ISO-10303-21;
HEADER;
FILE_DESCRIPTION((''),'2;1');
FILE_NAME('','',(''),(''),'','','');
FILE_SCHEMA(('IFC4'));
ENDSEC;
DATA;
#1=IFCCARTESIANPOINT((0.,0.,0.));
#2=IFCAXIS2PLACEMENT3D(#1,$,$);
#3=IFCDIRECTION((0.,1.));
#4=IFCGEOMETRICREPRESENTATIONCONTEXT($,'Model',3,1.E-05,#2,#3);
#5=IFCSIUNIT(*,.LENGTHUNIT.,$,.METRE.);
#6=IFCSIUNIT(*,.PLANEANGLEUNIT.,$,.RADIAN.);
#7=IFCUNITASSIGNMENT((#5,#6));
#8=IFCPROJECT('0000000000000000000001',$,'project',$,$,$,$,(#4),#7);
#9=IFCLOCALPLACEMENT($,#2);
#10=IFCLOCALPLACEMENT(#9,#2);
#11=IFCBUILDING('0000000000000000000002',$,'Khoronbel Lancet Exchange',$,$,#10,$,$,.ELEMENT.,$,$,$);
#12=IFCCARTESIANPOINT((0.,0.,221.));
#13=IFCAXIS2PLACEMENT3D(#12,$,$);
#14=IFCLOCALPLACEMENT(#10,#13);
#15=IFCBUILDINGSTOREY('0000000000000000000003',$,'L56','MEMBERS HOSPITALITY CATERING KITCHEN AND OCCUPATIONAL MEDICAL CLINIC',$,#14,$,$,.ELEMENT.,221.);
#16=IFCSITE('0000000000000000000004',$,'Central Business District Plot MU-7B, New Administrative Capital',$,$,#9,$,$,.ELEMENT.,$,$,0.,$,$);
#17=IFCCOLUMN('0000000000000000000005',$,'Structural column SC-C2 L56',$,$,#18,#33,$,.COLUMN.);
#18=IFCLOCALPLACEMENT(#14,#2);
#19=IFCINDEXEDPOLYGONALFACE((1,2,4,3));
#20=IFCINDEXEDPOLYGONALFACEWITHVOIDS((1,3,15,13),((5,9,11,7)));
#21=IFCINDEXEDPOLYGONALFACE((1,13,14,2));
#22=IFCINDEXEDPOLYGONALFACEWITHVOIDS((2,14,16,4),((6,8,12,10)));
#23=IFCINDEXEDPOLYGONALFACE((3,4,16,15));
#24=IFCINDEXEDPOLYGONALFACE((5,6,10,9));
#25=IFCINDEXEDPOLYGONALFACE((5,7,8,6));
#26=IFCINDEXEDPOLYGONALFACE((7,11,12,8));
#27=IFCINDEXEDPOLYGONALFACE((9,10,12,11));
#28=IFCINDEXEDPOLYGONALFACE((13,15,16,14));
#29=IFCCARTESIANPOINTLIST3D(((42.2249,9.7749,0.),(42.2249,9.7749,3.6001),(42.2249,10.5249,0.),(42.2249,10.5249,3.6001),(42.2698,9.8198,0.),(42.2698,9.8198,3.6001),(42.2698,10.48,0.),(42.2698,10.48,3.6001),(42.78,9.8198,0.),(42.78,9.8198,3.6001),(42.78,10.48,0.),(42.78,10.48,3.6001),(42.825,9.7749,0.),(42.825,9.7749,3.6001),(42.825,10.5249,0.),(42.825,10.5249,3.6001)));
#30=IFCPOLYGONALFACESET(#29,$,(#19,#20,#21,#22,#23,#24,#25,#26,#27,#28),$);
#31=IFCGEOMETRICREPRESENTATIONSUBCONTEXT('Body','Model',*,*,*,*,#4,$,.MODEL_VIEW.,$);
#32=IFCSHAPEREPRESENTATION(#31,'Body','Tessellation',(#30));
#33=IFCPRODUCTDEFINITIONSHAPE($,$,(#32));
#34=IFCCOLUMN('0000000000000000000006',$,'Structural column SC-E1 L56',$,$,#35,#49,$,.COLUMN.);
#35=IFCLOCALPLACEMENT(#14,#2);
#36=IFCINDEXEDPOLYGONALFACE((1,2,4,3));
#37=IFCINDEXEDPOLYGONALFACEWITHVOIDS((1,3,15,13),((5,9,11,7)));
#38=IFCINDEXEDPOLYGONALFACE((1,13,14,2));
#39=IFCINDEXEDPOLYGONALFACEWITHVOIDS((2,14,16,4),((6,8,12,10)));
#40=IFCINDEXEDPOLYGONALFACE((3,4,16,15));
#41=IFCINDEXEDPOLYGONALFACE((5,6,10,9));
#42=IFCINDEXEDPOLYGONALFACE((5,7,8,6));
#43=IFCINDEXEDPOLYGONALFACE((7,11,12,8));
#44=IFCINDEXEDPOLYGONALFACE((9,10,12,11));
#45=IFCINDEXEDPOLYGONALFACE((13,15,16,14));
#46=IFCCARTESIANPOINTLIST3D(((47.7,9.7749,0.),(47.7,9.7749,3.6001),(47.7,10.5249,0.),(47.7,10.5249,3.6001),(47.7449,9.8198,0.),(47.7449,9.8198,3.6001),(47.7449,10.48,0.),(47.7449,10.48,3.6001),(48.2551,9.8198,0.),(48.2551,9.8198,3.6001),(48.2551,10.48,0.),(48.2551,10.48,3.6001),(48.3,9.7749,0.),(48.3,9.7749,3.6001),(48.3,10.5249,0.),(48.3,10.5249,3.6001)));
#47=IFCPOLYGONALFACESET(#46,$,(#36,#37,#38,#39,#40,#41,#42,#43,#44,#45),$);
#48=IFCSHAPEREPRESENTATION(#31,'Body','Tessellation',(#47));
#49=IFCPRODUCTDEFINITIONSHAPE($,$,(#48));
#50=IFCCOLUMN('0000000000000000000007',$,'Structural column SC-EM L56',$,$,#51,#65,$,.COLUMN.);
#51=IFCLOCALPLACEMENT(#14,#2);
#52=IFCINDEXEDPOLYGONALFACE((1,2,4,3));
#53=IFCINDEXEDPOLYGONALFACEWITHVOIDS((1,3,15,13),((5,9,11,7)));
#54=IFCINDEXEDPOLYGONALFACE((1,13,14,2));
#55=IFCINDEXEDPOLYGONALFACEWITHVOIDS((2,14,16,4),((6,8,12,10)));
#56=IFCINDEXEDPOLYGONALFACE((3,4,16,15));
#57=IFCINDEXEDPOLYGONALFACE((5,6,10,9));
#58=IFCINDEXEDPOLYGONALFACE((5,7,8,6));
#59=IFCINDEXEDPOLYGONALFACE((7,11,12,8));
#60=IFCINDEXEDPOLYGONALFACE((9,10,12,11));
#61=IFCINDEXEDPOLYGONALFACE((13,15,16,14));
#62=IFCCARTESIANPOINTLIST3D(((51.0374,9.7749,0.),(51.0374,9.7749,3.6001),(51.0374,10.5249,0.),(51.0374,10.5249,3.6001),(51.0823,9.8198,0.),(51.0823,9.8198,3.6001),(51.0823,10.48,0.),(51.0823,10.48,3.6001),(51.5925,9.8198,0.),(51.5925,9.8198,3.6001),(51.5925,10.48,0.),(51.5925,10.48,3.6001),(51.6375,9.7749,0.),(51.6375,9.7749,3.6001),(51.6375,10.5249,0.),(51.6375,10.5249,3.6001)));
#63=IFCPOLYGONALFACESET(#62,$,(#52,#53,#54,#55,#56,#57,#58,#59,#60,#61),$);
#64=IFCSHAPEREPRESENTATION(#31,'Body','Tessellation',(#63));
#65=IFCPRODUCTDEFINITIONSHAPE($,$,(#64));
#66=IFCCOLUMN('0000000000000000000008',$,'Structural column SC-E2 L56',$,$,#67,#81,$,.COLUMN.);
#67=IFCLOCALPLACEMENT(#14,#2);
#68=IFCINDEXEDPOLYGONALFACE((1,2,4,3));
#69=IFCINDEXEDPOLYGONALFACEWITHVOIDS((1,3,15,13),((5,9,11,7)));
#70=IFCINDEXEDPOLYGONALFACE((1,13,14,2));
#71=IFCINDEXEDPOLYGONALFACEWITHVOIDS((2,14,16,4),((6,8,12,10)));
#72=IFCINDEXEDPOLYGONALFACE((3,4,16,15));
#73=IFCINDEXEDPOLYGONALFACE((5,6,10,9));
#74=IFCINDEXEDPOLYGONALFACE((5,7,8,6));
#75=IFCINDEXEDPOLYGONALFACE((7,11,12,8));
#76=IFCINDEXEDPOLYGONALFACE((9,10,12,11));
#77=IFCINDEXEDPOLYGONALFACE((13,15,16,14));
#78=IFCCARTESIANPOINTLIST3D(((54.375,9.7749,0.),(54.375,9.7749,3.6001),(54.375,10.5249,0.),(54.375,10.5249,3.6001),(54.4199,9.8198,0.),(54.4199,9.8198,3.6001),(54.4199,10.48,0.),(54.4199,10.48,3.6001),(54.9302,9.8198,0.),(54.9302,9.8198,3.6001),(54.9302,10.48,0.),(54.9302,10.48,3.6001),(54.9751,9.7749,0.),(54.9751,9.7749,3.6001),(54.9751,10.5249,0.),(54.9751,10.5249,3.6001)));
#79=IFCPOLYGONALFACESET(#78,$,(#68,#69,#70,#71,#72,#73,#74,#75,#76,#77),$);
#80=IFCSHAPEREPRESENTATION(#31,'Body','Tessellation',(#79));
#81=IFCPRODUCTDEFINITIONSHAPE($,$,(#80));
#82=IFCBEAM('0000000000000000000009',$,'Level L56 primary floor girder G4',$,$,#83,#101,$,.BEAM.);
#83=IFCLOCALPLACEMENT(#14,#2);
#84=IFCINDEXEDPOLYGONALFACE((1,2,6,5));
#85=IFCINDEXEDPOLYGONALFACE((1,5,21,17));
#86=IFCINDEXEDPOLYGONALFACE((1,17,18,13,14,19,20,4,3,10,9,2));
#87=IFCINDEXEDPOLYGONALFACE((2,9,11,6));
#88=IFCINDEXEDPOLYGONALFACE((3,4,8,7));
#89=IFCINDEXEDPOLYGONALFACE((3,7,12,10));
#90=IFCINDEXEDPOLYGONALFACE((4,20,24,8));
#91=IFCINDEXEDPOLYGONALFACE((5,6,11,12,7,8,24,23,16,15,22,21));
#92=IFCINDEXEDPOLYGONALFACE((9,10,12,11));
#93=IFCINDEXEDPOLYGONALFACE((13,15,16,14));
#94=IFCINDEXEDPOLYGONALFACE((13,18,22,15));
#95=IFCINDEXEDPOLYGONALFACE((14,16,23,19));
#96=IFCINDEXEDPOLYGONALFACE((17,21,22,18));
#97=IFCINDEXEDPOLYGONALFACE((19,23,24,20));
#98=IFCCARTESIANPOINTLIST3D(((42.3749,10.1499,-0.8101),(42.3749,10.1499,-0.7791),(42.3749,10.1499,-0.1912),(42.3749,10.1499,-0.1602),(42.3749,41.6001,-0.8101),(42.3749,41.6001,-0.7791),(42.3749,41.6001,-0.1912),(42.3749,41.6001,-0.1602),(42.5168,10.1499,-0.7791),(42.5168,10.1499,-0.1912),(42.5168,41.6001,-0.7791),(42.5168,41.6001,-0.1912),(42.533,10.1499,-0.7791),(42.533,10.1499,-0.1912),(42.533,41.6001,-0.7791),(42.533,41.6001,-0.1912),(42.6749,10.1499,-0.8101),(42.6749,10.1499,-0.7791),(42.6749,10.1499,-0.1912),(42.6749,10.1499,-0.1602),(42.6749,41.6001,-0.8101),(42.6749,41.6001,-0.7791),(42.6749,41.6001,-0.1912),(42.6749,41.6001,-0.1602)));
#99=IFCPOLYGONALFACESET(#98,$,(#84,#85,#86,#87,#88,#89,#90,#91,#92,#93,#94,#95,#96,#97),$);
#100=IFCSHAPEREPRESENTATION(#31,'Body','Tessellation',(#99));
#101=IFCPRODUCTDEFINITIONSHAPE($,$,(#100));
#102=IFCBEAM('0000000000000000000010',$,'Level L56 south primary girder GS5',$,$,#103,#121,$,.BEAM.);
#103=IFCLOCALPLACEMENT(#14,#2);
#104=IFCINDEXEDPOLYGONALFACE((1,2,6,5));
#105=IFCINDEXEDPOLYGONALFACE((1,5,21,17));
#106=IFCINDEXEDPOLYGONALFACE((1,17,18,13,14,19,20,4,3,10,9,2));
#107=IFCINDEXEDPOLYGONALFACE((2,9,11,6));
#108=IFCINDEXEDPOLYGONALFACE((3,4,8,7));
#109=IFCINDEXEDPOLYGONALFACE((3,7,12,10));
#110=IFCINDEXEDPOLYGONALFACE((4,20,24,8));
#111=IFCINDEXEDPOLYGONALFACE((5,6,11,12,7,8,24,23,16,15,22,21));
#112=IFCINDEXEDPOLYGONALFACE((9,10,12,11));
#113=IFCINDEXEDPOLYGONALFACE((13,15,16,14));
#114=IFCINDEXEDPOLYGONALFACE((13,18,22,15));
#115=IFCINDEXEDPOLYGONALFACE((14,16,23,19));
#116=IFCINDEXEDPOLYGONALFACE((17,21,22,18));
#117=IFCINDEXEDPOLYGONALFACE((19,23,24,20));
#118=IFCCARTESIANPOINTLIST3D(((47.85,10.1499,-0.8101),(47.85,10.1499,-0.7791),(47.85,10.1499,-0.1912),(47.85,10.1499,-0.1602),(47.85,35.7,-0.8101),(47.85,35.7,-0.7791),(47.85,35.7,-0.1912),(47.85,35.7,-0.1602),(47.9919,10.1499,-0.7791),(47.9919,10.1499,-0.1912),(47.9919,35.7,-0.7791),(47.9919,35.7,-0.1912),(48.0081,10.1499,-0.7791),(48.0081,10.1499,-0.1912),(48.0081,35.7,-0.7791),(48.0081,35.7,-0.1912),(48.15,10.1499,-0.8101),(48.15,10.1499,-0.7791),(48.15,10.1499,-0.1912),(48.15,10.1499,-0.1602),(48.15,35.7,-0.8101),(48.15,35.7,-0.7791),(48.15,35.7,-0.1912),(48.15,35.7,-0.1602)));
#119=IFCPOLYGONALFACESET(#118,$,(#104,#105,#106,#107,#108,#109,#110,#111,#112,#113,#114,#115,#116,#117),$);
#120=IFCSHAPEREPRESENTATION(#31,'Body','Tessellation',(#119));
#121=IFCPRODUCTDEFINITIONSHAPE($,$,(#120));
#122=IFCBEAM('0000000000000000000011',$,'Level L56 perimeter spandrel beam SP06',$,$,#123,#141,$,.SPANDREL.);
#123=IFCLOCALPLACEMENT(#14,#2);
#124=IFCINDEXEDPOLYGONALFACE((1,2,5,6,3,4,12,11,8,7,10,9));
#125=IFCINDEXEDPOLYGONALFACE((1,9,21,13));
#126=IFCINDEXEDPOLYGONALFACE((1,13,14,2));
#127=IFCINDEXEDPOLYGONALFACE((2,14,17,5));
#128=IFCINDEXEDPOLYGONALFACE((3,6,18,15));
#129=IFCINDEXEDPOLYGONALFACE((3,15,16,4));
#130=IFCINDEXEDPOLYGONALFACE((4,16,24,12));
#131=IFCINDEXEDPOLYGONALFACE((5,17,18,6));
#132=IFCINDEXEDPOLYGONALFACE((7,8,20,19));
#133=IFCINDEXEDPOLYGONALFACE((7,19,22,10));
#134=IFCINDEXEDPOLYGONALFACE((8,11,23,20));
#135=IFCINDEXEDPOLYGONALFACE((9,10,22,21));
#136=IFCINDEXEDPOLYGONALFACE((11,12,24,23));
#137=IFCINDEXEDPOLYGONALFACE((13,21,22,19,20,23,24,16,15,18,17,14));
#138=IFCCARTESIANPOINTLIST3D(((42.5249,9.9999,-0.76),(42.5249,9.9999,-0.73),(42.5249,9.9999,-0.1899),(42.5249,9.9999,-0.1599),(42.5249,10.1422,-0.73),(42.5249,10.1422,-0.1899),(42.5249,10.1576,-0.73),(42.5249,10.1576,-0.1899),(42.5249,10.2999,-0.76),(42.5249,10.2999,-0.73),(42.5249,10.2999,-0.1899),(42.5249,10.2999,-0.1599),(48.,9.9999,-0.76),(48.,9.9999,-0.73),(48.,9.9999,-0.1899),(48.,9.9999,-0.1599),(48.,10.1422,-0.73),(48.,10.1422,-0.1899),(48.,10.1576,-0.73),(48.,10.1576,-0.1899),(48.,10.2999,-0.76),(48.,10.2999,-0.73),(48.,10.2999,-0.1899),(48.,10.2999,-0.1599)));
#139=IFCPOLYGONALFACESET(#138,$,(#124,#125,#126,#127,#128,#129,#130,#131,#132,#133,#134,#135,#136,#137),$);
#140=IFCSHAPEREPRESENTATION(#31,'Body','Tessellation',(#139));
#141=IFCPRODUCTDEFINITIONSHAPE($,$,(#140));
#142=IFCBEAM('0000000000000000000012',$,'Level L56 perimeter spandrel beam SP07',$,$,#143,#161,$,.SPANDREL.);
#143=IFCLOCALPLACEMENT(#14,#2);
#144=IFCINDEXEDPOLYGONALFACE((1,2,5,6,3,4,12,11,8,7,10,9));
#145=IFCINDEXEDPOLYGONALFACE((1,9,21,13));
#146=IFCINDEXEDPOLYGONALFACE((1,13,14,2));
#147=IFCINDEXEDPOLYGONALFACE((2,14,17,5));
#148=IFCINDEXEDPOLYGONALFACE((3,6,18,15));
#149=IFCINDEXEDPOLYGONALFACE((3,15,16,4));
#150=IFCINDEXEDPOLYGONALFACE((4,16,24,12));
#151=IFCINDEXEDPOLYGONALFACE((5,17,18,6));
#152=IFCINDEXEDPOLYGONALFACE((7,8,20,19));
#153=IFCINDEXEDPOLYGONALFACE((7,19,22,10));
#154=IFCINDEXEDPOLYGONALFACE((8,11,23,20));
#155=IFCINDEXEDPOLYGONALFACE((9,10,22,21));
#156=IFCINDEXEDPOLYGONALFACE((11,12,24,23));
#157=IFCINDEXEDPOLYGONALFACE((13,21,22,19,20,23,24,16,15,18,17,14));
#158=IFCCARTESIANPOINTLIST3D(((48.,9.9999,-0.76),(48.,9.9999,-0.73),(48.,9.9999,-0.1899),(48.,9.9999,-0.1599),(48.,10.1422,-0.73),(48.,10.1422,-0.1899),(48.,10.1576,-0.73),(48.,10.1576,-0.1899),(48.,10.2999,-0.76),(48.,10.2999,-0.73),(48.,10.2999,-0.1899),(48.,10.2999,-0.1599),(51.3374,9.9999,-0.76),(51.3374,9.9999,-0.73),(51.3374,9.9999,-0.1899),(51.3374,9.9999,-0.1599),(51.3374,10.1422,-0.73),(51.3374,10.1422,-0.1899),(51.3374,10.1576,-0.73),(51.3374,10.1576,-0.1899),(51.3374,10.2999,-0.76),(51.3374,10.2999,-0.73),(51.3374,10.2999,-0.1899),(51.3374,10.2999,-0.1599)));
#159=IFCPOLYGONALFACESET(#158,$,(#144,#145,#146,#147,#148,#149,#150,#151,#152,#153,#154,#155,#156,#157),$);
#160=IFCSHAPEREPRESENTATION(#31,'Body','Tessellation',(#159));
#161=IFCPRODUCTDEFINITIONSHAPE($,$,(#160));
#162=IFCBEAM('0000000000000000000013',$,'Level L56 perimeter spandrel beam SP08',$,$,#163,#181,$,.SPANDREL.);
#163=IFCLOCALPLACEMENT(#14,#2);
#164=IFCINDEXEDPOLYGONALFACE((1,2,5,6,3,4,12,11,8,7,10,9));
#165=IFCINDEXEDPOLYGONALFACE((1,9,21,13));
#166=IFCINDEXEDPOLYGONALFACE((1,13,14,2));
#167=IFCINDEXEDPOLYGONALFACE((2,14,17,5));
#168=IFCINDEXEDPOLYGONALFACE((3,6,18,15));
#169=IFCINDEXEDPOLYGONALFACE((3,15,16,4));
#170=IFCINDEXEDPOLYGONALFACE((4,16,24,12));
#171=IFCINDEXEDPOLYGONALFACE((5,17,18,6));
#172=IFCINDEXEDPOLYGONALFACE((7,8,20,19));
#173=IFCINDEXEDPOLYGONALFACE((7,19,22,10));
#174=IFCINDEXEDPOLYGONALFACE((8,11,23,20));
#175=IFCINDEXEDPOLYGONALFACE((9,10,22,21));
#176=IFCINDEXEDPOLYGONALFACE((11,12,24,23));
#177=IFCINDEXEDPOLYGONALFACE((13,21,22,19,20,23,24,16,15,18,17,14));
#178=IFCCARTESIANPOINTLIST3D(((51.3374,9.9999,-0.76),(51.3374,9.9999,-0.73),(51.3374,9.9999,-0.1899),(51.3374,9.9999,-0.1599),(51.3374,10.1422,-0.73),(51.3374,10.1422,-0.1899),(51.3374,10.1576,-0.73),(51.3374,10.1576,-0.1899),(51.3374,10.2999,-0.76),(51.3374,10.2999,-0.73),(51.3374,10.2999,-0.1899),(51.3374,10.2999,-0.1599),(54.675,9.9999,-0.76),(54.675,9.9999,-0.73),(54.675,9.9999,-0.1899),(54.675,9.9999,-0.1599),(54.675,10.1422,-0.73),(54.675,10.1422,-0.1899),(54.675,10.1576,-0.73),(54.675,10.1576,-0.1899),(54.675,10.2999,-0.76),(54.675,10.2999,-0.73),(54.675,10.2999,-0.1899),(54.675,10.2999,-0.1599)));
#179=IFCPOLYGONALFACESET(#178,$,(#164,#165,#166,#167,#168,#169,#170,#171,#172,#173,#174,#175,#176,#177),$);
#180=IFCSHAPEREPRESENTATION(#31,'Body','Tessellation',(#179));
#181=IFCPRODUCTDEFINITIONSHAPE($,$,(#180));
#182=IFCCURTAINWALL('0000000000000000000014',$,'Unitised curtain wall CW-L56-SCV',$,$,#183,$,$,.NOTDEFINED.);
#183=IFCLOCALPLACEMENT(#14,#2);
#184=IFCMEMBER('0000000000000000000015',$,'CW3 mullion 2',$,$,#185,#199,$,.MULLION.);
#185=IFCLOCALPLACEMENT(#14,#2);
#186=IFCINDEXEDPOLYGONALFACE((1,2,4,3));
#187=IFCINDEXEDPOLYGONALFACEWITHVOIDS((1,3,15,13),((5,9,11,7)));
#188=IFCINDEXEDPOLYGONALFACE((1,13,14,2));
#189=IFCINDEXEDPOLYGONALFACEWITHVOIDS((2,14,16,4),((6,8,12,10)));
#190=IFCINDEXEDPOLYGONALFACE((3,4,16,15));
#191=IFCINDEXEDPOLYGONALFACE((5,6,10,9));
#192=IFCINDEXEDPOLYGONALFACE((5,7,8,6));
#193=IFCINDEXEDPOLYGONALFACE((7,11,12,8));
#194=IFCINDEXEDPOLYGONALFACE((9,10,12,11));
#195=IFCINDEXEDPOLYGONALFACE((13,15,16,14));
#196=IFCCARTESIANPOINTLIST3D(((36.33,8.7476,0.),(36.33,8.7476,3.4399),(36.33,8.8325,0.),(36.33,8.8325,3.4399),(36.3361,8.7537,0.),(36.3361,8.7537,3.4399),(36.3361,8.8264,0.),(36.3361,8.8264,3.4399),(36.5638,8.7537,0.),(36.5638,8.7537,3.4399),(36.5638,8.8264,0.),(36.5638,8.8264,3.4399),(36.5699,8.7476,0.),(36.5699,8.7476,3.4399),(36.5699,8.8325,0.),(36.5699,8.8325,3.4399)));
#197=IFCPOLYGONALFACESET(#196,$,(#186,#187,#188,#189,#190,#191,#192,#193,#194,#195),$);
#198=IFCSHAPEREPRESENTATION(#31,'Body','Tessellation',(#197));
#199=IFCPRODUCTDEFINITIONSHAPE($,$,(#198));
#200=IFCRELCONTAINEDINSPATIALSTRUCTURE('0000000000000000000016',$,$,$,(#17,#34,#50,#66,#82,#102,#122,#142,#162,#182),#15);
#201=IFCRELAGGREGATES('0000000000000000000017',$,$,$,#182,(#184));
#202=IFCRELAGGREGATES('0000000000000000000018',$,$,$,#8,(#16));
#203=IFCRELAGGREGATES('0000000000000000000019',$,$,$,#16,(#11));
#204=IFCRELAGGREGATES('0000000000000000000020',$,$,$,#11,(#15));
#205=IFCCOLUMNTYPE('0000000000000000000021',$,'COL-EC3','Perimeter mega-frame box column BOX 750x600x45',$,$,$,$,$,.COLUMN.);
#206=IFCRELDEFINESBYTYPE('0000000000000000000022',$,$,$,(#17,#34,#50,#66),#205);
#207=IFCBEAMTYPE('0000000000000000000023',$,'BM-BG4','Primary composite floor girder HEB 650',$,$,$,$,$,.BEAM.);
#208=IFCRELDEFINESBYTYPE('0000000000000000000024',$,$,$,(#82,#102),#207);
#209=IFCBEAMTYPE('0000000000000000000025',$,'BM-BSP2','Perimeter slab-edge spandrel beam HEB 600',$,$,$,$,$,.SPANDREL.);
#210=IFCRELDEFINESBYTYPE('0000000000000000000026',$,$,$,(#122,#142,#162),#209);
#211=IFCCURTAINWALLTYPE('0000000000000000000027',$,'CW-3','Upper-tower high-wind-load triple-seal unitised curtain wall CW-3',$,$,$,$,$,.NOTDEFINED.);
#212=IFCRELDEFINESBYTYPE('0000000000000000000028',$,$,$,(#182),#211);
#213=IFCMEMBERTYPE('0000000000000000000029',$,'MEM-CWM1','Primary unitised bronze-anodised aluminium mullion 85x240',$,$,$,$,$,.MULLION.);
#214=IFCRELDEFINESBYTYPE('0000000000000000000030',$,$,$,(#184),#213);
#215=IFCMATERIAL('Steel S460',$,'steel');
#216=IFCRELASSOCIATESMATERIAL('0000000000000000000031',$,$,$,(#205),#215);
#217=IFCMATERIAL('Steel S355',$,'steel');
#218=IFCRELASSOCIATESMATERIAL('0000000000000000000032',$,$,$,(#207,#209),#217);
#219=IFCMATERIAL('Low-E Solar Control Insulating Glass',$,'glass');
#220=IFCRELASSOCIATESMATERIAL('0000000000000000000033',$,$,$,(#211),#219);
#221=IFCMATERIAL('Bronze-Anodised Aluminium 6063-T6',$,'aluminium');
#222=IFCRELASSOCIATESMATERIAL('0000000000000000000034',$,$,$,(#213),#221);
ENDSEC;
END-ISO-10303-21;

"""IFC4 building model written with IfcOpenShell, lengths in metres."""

from ifc_helpers import new_model, si_unit, direction, frame, origin, origin_2d, place, context, subcontext, project, spatial, hollow_rectangle, i_section, extrude, material, material_profile, profile_set, type_object, element, aggregate, save


model = new_model("IFC4")

# Units and contexts
model_context = context("Model", 3, precision=1e-05, world=origin(), true_north=direction((0.0, 1.0)))
body_context = subcontext(model_context, "Body", "Model", "MODEL_VIEW")
ifc_project = project(units=[si_unit("LENGTHUNIT", "METRE"), si_unit("PLANEANGLEUNIT", "RADIAN")], contexts=[model_context])

# Site, building, storey
site_placement = place(None, origin())
site = spatial("IfcSite", under=ifc_project, at=site_placement, Name="Central Business District Plot MU-7B, New Administrative Capital", CompositionType="ELEMENT", RefElevation=0.0)
building_placement = place(site_placement, origin())
building = spatial("IfcBuilding", under=site, at=building_placement, Name="Khoronbel Lancet Exchange", CompositionType="ELEMENT")
storey_placement = place(building_placement, frame((0.0, 0.0, 221.0)))
storey = spatial("IfcBuildingStorey", under=building, at=storey_placement, Name="L56", Description="MEMBERS HOSPITALITY CATERING KITCHEN AND OCCUPATIONAL MEDICAL CLINIC", CompositionType="ELEMENT", Elevation=221.0)

# Columns
ifc_material_1 = material(Name="Steel S460", Category="steel")
ifc_material_profile_1 = material_profile(ifc_material_1, hollow_rectangle(XDim=0.6001, YDim=0.75, WallThickness=0.0449, at=origin_2d()), Name="BOX 750x600x45")
ifc_profile_set_1 = profile_set([ifc_material_profile_1], Name="Steel S460")
column_type = type_object("IfcColumnType", Name="COL-EC3", Description="Perimeter mega-frame box column BOX 750x600x45", PredefinedType="COLUMN", material=ifc_profile_set_1)
for number, where, z_axis, x_axis, name in (
    (1, (42.5249, 10.1499, 0.0), (0.0, 0.0, 1.0), (1.0, 0.0, 0.0), "Structural column SC-C2 L56"),
    (2, (48.0, 10.1499, 0.0), (0.0, 0.0, 1.0), (1.0, 0.0, 0.0), "Structural column SC-E1 L56"),
    (3, (51.3374, 10.1499, 0.0), (0.0, 0.0, 1.0), (1.0, 0.0, 0.0), "Structural column SC-EM L56"),
    (4, (54.675, 10.1499, 0.0), (0.0, 0.0, 1.0), (1.0, 0.0, 0.0), "Structural column SC-E2 L56"),
):
    element("IfcColumn", number, at=place(storey_placement, frame(where, z_axis=z_axis, x_axis=x_axis)), inside=storey, type_object=column_type, Name=name, PredefinedType="COLUMN", context=body_context, shape_type="SweptSolid", body=[
        extrude(hollow_rectangle(XDim=0.6001, YDim=0.75, WallThickness=0.0449, at=origin_2d()), origin(), (0.0, 0.0, 1.0), 3.6001),
    ])

# Beams
ifc_material_2 = material(Name="Steel S355", Category="steel")
ifc_material_profile_2 = material_profile(ifc_material_2, i_section(OverallWidth=0.3, OverallDepth=0.6499, WebThickness=0.0161, FlangeThickness=0.031, at=origin_2d()), Name="HEB 650")
ifc_profile_set_2 = profile_set([ifc_material_profile_2], Name="Steel S355")
beam_type_1 = type_object("IfcBeamType", Name="BM-BG4", Description="Primary composite floor girder HEB 650", PredefinedType="BEAM", material=ifc_profile_set_2)
beam_1_placement = place(storey_placement, frame((42.5249, 10.1499, -0.4851), z_axis=(0.0, 1.0, 0.0), x_axis=(-1.0, 0.0, 0.0)))
element("IfcBeam", 5, at=beam_1_placement, inside=storey, type_object=beam_type_1, Name="Level L56 primary floor girder G4", PredefinedType="BEAM", context=body_context, shape_type="SweptSolid", body=[
    extrude(i_section(OverallWidth=0.3, OverallDepth=0.6499, WebThickness=0.0161, FlangeThickness=0.031, at=origin_2d()), origin(), (0.0, 0.0, 1.0), 31.4502),
])
beam_2_placement = place(storey_placement, frame((48.0, 10.1499, -0.4851), z_axis=(0.0, 1.0, 0.0), x_axis=(-1.0, 0.0, 0.0)))
element("IfcBeam", 6, at=beam_2_placement, inside=storey, type_object=beam_type_1, Name="Level L56 south primary girder GS5", PredefinedType="BEAM", context=body_context, shape_type="SweptSolid", body=[
    extrude(i_section(OverallWidth=0.3, OverallDepth=0.6499, WebThickness=0.0161, FlangeThickness=0.031, at=origin_2d()), origin(), (0.0, 0.0, 1.0), 25.55),
])
ifc_material_profile_3 = material_profile(ifc_material_2, i_section(OverallWidth=0.3, OverallDepth=0.6001, WebThickness=0.0154, FlangeThickness=0.03, at=origin_2d()), Name="HEB 600")
ifc_profile_set_3 = profile_set([ifc_material_profile_3], Name="Steel S355")
beam_type_2 = type_object("IfcBeamType", Name="BM-BSP2", Description="Perimeter slab-edge spandrel beam HEB 600", PredefinedType="SPANDREL", material=ifc_profile_set_3)
beam_3_placement = place(storey_placement, frame((42.5249, 10.1499, -0.46), z_axis=(1.0, 0.0, 0.0), x_axis=(0.0, 1.0, 0.0)))
element("IfcBeam", 7, at=beam_3_placement, inside=storey, type_object=beam_type_2, Name="Level L56 perimeter spandrel beam SP06", PredefinedType="SPANDREL", context=body_context, shape_type="SweptSolid", body=[
    extrude(i_section(OverallWidth=0.3, OverallDepth=0.6001, WebThickness=0.0154, FlangeThickness=0.03, at=origin_2d()), origin(), (0.0, 0.0, 1.0), 5.4751),
])
beam_4_placement = place(storey_placement, frame((48.0, 10.1499, -0.46), z_axis=(1.0, 0.0, 0.0), x_axis=(0.0, 1.0, 0.0)))
element("IfcBeam", 8, at=beam_4_placement, inside=storey, type_object=beam_type_2, Name="Level L56 perimeter spandrel beam SP07", PredefinedType="SPANDREL", context=body_context, shape_type="SweptSolid", body=[
    extrude(i_section(OverallWidth=0.3, OverallDepth=0.6001, WebThickness=0.0154, FlangeThickness=0.03, at=origin_2d()), origin(), (0.0, 0.0, 1.0), 3.3374),
])
beam_5_placement = place(storey_placement, frame((51.3374, 10.1499, -0.46), z_axis=(1.0, 0.0, 0.0), x_axis=(0.0, 1.0, 0.0)))
element("IfcBeam", 9, at=beam_5_placement, inside=storey, type_object=beam_type_2, Name="Level L56 perimeter spandrel beam SP08", PredefinedType="SPANDREL", context=body_context, shape_type="SweptSolid", body=[
    extrude(i_section(OverallWidth=0.3, OverallDepth=0.6001, WebThickness=0.0154, FlangeThickness=0.03, at=origin_2d()), origin(), (0.0, 0.0, 1.0), 3.3376),
])

# Curtain wall, member
ifc_material_3 = material(Name="Low-E Solar Control Insulating Glass", Category="glass")
curtain_wall_type = type_object("IfcCurtainWallType", Name="CW-3", Description="Upper-tower high-wind-load triple-seal unitised curtain wall CW-3", PredefinedType="NOTDEFINED", material=ifc_material_3)
curtain_wall_1_placement = place(storey_placement, origin())
curtain_wall_1 = element("IfcCurtainWall", 10, at=curtain_wall_1_placement, inside=storey, type_object=curtain_wall_type, Name="Unitised curtain wall CW-L56-SCV", PredefinedType="NOTDEFINED")
ifc_material_4 = material(Name="Bronze-Anodised Aluminium 6063-T6", Category="aluminium")
ifc_material_profile_4 = material_profile(ifc_material_4, hollow_rectangle(XDim=0.085, YDim=0.24, WallThickness=0.0061, at=origin_2d()), Name="ALU MULLION 85x240")
ifc_profile_set_4 = profile_set([ifc_material_profile_4], Name="Bronze-Anodised Aluminium 6063-T6")
member_type_1 = type_object("IfcMemberType", Name="MEM-CWM1", Description="Primary unitised bronze-anodised aluminium mullion 85x240", PredefinedType="MULLION", material=ifc_profile_set_4)
member_1_placement = place(storey_placement, frame((36.45, 8.79, 0.0), z_axis=(0.0, 0.0, 1.0), x_axis=(0.0, 1.0, 0.0)))
member_1 = element("IfcMember", 11, at=member_1_placement, type_object=member_type_1, Name="CW3 mullion 2", PredefinedType="MULLION", context=body_context, shape_type="SweptSolid", body=[
    extrude(hollow_rectangle(XDim=0.085, YDim=0.24, WallThickness=0.0061, at=origin_2d()), origin(), (0.0, 0.0, 1.0), 3.4399),
])

aggregate(curtain_wall_1, [member_1])

save(model, "model.ifc")
